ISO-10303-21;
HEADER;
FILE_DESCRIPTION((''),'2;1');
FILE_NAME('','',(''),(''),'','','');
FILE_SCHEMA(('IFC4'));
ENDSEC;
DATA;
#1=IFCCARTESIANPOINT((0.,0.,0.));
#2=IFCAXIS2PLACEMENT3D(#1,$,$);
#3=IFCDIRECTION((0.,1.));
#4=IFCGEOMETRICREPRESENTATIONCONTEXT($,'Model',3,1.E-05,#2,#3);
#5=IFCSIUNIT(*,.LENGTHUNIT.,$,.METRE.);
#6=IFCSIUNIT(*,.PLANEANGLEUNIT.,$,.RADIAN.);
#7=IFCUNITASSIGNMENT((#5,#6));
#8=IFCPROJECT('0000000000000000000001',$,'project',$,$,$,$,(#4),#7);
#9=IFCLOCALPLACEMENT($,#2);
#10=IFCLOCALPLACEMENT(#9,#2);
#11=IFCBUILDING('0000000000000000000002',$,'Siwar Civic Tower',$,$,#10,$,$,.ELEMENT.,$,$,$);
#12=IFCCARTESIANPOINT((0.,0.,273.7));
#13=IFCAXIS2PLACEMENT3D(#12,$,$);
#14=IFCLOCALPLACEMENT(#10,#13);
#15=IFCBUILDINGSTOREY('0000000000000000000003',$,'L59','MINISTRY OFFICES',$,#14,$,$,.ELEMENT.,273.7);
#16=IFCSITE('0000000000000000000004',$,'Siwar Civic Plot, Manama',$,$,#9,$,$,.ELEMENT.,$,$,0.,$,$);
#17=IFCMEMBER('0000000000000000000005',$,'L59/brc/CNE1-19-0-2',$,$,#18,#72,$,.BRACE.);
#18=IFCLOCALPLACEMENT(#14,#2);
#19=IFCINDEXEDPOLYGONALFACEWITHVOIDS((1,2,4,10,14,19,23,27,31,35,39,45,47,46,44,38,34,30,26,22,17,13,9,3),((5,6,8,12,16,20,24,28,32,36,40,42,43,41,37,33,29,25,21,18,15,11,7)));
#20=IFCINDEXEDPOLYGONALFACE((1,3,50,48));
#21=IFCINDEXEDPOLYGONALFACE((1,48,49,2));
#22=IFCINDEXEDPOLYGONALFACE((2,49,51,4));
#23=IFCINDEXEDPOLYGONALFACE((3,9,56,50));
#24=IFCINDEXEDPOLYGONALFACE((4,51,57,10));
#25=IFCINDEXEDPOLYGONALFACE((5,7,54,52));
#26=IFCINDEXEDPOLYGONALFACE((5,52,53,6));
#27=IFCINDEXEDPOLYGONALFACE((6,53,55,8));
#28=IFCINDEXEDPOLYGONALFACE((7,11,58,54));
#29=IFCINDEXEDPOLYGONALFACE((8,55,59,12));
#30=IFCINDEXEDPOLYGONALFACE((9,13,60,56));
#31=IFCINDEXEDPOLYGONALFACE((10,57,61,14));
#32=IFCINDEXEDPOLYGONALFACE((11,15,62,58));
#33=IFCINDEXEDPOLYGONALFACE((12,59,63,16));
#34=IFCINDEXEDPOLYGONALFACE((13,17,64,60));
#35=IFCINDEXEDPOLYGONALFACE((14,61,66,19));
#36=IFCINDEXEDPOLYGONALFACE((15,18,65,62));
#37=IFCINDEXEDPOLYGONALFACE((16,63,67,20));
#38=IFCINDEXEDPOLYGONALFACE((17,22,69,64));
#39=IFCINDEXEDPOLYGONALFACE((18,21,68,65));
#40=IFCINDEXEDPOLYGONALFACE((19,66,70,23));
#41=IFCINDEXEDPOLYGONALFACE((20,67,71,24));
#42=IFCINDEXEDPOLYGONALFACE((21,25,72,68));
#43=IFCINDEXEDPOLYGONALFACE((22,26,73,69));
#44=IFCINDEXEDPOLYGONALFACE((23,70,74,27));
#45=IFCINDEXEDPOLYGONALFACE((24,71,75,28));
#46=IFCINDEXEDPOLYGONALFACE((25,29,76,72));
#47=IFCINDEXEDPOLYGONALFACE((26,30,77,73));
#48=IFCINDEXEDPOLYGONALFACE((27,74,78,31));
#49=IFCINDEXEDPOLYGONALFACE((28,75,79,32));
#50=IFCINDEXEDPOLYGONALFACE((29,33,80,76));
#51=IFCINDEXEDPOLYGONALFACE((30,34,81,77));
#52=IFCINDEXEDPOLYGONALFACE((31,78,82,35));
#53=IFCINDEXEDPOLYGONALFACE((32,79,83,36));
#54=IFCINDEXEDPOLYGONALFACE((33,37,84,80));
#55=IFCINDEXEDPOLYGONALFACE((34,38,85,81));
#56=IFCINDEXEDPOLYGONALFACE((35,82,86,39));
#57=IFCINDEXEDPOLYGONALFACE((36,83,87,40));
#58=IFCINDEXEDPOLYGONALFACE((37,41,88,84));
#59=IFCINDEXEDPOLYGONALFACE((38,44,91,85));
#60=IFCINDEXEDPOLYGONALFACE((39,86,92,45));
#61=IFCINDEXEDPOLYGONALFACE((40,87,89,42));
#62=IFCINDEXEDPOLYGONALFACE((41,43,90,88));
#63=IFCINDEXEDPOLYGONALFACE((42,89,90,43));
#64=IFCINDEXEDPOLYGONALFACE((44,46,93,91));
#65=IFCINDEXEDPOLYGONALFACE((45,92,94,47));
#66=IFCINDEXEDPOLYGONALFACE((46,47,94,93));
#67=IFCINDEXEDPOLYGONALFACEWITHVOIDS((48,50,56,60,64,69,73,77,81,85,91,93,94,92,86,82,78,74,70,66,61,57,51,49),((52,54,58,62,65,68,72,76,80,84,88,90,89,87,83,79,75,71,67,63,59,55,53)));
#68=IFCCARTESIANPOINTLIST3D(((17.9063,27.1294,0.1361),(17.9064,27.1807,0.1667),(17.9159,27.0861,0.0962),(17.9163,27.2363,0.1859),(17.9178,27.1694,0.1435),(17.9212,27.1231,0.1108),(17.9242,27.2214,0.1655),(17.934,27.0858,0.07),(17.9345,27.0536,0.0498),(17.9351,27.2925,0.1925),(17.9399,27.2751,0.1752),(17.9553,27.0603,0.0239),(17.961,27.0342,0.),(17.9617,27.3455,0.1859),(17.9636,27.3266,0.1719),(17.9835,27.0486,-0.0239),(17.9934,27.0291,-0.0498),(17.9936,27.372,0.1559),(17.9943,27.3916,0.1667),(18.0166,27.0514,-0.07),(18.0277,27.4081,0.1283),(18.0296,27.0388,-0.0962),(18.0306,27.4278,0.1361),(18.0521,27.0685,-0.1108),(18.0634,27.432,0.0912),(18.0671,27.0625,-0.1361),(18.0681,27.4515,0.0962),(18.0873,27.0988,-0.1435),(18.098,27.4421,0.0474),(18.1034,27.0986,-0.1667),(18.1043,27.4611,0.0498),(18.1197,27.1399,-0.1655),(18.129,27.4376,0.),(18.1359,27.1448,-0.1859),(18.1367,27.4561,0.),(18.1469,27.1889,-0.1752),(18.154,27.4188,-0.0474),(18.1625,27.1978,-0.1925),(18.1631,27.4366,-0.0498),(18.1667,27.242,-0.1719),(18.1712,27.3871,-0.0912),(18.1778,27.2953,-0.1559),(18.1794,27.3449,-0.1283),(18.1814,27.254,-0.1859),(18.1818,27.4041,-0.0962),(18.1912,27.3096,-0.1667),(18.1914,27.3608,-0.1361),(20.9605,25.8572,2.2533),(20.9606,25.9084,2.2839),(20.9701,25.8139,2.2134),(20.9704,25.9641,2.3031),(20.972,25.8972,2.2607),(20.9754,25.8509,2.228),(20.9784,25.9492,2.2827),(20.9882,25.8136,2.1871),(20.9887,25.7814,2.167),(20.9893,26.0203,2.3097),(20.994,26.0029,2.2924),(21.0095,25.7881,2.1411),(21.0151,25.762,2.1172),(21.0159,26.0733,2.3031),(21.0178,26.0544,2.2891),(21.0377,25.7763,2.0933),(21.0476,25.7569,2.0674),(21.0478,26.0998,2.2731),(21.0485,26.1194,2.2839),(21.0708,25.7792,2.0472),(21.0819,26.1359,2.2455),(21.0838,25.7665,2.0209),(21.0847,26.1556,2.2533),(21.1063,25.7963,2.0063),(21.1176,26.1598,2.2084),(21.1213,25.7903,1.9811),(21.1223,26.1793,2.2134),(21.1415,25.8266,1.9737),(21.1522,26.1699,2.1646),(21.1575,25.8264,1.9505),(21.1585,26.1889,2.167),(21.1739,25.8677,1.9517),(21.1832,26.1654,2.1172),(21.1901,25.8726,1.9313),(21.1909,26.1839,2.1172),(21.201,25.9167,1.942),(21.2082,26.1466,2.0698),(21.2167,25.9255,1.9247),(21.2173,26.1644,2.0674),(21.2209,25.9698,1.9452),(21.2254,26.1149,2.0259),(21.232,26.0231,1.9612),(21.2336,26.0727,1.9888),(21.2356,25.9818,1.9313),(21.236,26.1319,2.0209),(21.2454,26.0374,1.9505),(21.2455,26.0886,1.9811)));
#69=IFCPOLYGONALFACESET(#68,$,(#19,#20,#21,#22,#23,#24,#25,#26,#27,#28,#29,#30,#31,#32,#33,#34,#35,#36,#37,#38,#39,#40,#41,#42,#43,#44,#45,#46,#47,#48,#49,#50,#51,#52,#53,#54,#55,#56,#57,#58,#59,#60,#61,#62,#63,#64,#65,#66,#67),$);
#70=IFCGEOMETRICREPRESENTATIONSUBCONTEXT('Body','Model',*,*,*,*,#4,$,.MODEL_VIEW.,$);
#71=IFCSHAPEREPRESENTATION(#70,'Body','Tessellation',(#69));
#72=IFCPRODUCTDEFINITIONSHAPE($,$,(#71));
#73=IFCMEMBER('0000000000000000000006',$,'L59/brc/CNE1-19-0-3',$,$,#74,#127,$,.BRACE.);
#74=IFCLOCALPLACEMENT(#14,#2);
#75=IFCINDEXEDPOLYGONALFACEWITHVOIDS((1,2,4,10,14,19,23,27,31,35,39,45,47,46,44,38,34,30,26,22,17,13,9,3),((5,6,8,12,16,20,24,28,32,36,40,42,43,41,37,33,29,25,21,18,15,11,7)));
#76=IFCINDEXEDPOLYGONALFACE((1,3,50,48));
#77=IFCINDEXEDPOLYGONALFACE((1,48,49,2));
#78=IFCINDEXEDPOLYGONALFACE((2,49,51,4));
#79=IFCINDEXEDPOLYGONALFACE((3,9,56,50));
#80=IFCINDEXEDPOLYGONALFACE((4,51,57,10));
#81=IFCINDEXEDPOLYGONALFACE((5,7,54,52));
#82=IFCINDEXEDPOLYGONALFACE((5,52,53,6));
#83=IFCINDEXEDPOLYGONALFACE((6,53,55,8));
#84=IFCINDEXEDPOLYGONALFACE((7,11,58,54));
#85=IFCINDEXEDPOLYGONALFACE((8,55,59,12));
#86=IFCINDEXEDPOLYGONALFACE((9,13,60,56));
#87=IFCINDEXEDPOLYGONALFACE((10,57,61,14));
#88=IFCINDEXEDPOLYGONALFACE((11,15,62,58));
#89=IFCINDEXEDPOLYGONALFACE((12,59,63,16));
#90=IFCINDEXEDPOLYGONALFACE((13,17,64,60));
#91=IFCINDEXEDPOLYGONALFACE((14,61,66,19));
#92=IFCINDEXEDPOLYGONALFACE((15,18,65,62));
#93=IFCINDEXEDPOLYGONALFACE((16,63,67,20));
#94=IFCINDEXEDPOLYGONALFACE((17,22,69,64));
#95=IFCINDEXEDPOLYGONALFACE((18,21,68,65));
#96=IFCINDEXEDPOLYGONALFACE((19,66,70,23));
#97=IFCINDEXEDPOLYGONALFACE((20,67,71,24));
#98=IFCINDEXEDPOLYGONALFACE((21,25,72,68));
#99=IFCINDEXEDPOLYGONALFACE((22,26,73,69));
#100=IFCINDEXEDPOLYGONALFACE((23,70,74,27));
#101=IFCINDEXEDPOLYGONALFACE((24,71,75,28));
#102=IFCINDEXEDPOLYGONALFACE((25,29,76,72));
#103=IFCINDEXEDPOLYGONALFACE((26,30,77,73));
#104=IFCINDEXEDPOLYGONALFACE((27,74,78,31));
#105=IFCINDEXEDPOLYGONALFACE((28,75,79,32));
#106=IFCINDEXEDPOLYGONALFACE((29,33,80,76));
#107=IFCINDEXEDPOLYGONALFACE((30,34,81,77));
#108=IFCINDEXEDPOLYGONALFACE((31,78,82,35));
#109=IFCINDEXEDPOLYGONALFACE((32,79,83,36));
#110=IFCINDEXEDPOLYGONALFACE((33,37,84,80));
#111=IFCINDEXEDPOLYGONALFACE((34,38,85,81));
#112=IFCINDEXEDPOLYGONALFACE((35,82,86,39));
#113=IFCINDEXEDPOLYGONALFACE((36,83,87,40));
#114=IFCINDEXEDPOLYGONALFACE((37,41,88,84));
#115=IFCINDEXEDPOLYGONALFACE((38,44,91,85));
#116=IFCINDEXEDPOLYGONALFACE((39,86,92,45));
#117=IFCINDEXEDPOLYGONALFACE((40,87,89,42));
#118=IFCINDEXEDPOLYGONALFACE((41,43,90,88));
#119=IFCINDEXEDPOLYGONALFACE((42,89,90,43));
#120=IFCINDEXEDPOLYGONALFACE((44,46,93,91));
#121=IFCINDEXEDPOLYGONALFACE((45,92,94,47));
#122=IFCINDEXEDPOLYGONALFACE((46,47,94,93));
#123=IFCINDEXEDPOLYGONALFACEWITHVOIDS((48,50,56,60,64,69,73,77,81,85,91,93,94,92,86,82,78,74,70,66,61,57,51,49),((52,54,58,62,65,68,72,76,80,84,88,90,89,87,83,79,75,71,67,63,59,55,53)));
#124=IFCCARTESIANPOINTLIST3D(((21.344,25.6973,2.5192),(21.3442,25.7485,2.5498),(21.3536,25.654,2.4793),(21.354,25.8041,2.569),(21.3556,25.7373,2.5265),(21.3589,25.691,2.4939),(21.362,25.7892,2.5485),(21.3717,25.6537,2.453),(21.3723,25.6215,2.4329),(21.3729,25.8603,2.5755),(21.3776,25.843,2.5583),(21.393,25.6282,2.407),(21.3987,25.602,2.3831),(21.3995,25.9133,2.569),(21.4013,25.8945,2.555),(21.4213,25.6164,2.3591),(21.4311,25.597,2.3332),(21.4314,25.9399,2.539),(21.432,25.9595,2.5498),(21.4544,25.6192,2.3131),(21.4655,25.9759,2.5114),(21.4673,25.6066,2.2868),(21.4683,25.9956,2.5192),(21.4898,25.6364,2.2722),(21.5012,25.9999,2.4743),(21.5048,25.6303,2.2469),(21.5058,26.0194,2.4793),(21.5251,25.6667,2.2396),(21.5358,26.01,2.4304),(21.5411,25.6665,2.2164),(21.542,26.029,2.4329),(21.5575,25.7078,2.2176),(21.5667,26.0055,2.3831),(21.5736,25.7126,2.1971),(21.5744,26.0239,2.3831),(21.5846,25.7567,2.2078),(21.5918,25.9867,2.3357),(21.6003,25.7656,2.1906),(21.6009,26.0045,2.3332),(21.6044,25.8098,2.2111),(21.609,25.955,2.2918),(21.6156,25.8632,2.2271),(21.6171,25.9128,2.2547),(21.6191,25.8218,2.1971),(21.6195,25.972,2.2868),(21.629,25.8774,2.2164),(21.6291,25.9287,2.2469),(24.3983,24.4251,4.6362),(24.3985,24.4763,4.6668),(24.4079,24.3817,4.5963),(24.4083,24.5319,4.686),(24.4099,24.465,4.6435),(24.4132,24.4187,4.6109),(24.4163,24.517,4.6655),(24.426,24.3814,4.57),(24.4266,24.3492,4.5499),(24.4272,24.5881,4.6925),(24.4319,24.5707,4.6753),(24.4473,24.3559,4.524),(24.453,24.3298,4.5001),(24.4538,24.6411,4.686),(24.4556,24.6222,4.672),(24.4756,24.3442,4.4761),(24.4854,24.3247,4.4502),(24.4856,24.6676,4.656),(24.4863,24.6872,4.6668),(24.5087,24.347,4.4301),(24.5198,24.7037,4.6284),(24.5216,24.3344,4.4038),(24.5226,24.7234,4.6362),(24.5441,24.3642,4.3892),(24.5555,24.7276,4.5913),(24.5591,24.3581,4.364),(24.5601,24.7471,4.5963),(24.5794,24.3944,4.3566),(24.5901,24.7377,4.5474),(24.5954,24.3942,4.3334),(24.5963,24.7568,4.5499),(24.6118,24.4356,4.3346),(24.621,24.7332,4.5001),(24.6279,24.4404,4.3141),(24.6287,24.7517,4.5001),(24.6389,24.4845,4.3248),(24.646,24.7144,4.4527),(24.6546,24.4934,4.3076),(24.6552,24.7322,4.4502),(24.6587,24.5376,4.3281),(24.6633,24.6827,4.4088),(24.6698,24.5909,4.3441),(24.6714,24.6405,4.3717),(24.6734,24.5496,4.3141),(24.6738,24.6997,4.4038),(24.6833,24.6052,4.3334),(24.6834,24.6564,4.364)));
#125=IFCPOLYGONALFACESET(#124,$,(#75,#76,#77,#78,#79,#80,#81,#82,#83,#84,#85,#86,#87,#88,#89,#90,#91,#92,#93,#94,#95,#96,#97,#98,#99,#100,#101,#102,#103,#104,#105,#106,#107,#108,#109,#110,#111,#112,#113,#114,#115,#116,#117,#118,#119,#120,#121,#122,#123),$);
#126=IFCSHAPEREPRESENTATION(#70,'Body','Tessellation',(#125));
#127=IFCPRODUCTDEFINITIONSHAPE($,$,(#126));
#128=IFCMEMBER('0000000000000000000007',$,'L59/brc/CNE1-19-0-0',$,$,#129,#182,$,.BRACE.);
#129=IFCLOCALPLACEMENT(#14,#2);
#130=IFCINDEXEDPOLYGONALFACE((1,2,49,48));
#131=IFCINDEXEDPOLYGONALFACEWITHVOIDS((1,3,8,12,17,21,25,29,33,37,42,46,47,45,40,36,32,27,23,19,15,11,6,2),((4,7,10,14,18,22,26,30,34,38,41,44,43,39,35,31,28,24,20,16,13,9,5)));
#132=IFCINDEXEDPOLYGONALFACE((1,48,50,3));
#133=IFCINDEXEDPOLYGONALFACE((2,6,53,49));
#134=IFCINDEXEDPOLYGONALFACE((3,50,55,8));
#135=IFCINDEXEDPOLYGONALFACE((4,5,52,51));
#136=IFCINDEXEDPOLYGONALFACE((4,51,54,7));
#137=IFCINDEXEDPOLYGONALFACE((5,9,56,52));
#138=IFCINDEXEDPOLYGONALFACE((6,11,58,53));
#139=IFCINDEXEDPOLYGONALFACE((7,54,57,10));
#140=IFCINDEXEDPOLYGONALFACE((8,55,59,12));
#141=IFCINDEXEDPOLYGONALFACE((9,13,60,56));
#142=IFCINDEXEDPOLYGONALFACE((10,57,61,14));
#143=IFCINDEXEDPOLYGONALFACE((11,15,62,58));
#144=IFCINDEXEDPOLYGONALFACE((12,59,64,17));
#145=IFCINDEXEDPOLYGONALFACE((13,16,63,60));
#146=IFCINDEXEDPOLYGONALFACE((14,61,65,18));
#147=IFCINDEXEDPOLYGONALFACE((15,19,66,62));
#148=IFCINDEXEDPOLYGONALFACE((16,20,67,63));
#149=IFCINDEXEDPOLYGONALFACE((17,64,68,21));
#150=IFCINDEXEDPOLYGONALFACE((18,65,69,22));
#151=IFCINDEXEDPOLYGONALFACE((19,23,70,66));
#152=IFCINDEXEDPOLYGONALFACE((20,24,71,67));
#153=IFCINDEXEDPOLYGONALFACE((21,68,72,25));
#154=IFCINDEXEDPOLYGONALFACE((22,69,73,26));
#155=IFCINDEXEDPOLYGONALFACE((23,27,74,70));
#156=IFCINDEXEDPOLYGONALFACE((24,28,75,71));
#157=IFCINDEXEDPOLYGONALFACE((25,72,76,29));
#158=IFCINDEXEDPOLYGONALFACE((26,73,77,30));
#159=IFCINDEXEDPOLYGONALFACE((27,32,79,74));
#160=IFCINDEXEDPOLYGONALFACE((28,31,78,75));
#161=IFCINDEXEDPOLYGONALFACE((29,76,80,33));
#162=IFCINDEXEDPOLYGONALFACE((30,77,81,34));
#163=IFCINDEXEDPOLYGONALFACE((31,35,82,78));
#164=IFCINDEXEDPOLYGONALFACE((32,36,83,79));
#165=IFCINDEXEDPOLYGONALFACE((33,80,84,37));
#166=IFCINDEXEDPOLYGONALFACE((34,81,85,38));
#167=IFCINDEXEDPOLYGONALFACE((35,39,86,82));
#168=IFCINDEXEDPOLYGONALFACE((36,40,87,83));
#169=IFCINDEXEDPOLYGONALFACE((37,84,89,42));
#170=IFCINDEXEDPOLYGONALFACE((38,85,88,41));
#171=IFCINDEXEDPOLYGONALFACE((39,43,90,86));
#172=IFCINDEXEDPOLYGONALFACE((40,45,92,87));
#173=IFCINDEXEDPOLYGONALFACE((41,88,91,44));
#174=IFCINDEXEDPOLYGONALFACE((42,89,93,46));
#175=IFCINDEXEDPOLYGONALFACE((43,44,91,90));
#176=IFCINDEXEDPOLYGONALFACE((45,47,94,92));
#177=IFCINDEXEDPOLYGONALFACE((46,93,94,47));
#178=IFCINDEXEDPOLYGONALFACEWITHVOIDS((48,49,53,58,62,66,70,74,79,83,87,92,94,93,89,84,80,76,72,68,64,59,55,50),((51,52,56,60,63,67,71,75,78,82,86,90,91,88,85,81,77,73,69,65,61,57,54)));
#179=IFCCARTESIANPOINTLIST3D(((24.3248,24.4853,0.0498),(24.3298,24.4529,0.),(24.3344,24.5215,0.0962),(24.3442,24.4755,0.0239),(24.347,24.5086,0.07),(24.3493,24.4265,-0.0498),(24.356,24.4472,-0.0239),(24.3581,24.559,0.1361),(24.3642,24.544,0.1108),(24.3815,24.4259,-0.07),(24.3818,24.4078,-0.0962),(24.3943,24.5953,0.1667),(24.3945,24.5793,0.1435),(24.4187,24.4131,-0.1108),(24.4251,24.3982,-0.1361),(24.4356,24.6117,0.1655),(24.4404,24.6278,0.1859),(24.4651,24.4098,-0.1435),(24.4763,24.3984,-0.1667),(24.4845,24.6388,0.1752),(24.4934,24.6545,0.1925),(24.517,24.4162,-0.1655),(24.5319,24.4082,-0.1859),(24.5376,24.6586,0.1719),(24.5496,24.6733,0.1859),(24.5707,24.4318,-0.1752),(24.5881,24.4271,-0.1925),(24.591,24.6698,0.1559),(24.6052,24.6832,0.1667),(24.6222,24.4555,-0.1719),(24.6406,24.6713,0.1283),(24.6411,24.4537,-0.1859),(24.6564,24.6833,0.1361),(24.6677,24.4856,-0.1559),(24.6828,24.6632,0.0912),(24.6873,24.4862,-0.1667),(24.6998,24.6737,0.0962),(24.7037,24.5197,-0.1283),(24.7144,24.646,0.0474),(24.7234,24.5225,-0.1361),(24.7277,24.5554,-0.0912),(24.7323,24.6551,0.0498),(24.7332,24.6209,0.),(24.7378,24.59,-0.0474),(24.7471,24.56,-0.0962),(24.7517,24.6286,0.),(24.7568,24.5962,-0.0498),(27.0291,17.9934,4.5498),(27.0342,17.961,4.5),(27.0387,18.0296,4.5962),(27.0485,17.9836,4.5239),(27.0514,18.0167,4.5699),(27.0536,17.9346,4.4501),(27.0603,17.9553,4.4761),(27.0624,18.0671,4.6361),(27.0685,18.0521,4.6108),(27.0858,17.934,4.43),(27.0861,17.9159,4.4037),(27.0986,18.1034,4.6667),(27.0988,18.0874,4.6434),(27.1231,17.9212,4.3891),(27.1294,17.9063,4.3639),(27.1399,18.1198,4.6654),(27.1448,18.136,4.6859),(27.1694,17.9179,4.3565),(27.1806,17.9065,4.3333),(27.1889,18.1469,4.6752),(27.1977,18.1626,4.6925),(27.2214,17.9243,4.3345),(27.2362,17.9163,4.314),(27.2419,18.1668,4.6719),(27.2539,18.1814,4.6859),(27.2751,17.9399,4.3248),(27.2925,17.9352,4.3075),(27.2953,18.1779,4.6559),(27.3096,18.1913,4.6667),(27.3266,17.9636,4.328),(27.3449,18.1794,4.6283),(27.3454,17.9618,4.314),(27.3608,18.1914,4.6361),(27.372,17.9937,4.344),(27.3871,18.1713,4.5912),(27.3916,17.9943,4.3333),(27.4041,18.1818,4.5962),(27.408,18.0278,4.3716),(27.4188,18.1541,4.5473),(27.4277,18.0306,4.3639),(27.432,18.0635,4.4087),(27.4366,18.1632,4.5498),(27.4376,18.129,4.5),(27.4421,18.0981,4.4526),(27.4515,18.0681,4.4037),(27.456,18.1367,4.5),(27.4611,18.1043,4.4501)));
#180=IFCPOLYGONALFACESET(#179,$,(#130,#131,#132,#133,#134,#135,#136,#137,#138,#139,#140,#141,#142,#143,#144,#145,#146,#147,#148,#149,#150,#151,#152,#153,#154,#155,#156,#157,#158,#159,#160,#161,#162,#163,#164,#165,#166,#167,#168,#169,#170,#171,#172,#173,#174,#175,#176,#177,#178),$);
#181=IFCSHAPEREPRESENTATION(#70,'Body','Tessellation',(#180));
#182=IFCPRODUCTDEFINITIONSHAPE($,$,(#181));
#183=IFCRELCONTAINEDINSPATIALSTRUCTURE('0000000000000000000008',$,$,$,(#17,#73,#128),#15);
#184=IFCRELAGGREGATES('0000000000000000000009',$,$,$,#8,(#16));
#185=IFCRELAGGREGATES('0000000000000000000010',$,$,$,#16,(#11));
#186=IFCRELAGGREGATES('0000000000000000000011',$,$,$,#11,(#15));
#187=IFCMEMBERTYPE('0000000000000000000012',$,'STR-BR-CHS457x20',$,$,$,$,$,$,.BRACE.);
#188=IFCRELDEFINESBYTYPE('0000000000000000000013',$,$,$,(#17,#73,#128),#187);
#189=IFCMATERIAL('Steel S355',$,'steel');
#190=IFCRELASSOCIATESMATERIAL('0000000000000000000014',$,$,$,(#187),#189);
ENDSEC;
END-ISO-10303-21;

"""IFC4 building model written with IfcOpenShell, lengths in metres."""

from ifc_helpers import new_model, si_unit, direction, frame, origin, origin_2d, place, context, subcontext, project, spatial, hollow_circle, extrude, material, material_profile, profile_set, type_object, element, save


model = new_model("IFC4")

# Units and contexts
model_context = context("Model", 3, precision=1e-05, world=origin(), true_north=direction((0.0, 1.0)))
body_context = subcontext(model_context, "Body", "Model", "MODEL_VIEW")
ifc_project = project(units=[si_unit("LENGTHUNIT", "METRE"), si_unit("PLANEANGLEUNIT", "RADIAN")], contexts=[model_context])

# Site, building, storey
site_placement = place(None, origin())
site = spatial("IfcSite", under=ifc_project, at=site_placement, Name="Siwar Civic Plot, Manama", CompositionType="ELEMENT", RefElevation=0.0)
building_placement = place(site_placement, origin())
building = spatial("IfcBuilding", under=site, at=building_placement, Name="Siwar Civic Tower", CompositionType="ELEMENT")
storey_placement = place(building_placement, frame((0.0, 0.0, 273.7)))
storey = spatial("IfcBuildingStorey", under=building, at=storey_placement, Name="L59", Description="MINISTRY OFFICES", CompositionType="ELEMENT", Elevation=273.7)

# Members
ifc_material_1 = material(Name="Steel S355", Category="steel")
ifc_material_profile_1 = material_profile(ifc_material_1, hollow_circle(Radius=0.2285, WallThickness=0.02, at=origin_2d()), Name="CHS457x20")
ifc_profile_set_1 = profile_set([ifc_material_profile_1], Name="Steel S355")
member_type_1 = type_object("IfcMemberType", Name="STR-BR-CHS457x20", PredefinedType="BRACE", material=ifc_profile_set_1)
for number, where, z_axis, x_axis, name in (
    (1, (18.0488, 27.2451, 0.0), (0.777546, -0.323884, 0.538999), (0.384521, 0.923116, 0.0), "L59/brc/CNE1-19-0-2"),
    (2, (21.4866, 25.813, 2.3831), (0.777572, -0.323895, 0.538955), (0.384521, 0.923116, 0.0), "L59/brc/CNE1-19-0-3"),
):
    element("IfcMember", number, at=place(storey_placement, frame(where, z_axis=z_axis, x_axis=x_axis)), inside=storey, type_object=member_type_1, Name=name, PredefinedType="BRACE", context=body_context, shape_type="SweptSolid", body=[
        extrude(hollow_circle(Radius=0.2285, WallThickness=0.02, at=origin_2d()), origin(), (0.0, 0.0, 1.0), 3.928),
    ])
member_1_placement = place(storey_placement, frame((24.5408, 24.5408, 0.0), z_axis=(0.323906, -0.777555, 0.538975), x_axis=(0.923109, 0.384539, 0.0)))
element("IfcMember", 3, at=member_1_placement, inside=storey, type_object=member_type_1, Name="L59/brc/CNE1-19-0-0", PredefinedType="BRACE", context=body_context, shape_type="SweptSolid", body=[
    extrude(hollow_circle(Radius=0.2285, WallThickness=0.02, at=origin_2d()), origin(), (0.0, 0.0, 1.0), 8.3491),
])

save(model, "model.ifc")
